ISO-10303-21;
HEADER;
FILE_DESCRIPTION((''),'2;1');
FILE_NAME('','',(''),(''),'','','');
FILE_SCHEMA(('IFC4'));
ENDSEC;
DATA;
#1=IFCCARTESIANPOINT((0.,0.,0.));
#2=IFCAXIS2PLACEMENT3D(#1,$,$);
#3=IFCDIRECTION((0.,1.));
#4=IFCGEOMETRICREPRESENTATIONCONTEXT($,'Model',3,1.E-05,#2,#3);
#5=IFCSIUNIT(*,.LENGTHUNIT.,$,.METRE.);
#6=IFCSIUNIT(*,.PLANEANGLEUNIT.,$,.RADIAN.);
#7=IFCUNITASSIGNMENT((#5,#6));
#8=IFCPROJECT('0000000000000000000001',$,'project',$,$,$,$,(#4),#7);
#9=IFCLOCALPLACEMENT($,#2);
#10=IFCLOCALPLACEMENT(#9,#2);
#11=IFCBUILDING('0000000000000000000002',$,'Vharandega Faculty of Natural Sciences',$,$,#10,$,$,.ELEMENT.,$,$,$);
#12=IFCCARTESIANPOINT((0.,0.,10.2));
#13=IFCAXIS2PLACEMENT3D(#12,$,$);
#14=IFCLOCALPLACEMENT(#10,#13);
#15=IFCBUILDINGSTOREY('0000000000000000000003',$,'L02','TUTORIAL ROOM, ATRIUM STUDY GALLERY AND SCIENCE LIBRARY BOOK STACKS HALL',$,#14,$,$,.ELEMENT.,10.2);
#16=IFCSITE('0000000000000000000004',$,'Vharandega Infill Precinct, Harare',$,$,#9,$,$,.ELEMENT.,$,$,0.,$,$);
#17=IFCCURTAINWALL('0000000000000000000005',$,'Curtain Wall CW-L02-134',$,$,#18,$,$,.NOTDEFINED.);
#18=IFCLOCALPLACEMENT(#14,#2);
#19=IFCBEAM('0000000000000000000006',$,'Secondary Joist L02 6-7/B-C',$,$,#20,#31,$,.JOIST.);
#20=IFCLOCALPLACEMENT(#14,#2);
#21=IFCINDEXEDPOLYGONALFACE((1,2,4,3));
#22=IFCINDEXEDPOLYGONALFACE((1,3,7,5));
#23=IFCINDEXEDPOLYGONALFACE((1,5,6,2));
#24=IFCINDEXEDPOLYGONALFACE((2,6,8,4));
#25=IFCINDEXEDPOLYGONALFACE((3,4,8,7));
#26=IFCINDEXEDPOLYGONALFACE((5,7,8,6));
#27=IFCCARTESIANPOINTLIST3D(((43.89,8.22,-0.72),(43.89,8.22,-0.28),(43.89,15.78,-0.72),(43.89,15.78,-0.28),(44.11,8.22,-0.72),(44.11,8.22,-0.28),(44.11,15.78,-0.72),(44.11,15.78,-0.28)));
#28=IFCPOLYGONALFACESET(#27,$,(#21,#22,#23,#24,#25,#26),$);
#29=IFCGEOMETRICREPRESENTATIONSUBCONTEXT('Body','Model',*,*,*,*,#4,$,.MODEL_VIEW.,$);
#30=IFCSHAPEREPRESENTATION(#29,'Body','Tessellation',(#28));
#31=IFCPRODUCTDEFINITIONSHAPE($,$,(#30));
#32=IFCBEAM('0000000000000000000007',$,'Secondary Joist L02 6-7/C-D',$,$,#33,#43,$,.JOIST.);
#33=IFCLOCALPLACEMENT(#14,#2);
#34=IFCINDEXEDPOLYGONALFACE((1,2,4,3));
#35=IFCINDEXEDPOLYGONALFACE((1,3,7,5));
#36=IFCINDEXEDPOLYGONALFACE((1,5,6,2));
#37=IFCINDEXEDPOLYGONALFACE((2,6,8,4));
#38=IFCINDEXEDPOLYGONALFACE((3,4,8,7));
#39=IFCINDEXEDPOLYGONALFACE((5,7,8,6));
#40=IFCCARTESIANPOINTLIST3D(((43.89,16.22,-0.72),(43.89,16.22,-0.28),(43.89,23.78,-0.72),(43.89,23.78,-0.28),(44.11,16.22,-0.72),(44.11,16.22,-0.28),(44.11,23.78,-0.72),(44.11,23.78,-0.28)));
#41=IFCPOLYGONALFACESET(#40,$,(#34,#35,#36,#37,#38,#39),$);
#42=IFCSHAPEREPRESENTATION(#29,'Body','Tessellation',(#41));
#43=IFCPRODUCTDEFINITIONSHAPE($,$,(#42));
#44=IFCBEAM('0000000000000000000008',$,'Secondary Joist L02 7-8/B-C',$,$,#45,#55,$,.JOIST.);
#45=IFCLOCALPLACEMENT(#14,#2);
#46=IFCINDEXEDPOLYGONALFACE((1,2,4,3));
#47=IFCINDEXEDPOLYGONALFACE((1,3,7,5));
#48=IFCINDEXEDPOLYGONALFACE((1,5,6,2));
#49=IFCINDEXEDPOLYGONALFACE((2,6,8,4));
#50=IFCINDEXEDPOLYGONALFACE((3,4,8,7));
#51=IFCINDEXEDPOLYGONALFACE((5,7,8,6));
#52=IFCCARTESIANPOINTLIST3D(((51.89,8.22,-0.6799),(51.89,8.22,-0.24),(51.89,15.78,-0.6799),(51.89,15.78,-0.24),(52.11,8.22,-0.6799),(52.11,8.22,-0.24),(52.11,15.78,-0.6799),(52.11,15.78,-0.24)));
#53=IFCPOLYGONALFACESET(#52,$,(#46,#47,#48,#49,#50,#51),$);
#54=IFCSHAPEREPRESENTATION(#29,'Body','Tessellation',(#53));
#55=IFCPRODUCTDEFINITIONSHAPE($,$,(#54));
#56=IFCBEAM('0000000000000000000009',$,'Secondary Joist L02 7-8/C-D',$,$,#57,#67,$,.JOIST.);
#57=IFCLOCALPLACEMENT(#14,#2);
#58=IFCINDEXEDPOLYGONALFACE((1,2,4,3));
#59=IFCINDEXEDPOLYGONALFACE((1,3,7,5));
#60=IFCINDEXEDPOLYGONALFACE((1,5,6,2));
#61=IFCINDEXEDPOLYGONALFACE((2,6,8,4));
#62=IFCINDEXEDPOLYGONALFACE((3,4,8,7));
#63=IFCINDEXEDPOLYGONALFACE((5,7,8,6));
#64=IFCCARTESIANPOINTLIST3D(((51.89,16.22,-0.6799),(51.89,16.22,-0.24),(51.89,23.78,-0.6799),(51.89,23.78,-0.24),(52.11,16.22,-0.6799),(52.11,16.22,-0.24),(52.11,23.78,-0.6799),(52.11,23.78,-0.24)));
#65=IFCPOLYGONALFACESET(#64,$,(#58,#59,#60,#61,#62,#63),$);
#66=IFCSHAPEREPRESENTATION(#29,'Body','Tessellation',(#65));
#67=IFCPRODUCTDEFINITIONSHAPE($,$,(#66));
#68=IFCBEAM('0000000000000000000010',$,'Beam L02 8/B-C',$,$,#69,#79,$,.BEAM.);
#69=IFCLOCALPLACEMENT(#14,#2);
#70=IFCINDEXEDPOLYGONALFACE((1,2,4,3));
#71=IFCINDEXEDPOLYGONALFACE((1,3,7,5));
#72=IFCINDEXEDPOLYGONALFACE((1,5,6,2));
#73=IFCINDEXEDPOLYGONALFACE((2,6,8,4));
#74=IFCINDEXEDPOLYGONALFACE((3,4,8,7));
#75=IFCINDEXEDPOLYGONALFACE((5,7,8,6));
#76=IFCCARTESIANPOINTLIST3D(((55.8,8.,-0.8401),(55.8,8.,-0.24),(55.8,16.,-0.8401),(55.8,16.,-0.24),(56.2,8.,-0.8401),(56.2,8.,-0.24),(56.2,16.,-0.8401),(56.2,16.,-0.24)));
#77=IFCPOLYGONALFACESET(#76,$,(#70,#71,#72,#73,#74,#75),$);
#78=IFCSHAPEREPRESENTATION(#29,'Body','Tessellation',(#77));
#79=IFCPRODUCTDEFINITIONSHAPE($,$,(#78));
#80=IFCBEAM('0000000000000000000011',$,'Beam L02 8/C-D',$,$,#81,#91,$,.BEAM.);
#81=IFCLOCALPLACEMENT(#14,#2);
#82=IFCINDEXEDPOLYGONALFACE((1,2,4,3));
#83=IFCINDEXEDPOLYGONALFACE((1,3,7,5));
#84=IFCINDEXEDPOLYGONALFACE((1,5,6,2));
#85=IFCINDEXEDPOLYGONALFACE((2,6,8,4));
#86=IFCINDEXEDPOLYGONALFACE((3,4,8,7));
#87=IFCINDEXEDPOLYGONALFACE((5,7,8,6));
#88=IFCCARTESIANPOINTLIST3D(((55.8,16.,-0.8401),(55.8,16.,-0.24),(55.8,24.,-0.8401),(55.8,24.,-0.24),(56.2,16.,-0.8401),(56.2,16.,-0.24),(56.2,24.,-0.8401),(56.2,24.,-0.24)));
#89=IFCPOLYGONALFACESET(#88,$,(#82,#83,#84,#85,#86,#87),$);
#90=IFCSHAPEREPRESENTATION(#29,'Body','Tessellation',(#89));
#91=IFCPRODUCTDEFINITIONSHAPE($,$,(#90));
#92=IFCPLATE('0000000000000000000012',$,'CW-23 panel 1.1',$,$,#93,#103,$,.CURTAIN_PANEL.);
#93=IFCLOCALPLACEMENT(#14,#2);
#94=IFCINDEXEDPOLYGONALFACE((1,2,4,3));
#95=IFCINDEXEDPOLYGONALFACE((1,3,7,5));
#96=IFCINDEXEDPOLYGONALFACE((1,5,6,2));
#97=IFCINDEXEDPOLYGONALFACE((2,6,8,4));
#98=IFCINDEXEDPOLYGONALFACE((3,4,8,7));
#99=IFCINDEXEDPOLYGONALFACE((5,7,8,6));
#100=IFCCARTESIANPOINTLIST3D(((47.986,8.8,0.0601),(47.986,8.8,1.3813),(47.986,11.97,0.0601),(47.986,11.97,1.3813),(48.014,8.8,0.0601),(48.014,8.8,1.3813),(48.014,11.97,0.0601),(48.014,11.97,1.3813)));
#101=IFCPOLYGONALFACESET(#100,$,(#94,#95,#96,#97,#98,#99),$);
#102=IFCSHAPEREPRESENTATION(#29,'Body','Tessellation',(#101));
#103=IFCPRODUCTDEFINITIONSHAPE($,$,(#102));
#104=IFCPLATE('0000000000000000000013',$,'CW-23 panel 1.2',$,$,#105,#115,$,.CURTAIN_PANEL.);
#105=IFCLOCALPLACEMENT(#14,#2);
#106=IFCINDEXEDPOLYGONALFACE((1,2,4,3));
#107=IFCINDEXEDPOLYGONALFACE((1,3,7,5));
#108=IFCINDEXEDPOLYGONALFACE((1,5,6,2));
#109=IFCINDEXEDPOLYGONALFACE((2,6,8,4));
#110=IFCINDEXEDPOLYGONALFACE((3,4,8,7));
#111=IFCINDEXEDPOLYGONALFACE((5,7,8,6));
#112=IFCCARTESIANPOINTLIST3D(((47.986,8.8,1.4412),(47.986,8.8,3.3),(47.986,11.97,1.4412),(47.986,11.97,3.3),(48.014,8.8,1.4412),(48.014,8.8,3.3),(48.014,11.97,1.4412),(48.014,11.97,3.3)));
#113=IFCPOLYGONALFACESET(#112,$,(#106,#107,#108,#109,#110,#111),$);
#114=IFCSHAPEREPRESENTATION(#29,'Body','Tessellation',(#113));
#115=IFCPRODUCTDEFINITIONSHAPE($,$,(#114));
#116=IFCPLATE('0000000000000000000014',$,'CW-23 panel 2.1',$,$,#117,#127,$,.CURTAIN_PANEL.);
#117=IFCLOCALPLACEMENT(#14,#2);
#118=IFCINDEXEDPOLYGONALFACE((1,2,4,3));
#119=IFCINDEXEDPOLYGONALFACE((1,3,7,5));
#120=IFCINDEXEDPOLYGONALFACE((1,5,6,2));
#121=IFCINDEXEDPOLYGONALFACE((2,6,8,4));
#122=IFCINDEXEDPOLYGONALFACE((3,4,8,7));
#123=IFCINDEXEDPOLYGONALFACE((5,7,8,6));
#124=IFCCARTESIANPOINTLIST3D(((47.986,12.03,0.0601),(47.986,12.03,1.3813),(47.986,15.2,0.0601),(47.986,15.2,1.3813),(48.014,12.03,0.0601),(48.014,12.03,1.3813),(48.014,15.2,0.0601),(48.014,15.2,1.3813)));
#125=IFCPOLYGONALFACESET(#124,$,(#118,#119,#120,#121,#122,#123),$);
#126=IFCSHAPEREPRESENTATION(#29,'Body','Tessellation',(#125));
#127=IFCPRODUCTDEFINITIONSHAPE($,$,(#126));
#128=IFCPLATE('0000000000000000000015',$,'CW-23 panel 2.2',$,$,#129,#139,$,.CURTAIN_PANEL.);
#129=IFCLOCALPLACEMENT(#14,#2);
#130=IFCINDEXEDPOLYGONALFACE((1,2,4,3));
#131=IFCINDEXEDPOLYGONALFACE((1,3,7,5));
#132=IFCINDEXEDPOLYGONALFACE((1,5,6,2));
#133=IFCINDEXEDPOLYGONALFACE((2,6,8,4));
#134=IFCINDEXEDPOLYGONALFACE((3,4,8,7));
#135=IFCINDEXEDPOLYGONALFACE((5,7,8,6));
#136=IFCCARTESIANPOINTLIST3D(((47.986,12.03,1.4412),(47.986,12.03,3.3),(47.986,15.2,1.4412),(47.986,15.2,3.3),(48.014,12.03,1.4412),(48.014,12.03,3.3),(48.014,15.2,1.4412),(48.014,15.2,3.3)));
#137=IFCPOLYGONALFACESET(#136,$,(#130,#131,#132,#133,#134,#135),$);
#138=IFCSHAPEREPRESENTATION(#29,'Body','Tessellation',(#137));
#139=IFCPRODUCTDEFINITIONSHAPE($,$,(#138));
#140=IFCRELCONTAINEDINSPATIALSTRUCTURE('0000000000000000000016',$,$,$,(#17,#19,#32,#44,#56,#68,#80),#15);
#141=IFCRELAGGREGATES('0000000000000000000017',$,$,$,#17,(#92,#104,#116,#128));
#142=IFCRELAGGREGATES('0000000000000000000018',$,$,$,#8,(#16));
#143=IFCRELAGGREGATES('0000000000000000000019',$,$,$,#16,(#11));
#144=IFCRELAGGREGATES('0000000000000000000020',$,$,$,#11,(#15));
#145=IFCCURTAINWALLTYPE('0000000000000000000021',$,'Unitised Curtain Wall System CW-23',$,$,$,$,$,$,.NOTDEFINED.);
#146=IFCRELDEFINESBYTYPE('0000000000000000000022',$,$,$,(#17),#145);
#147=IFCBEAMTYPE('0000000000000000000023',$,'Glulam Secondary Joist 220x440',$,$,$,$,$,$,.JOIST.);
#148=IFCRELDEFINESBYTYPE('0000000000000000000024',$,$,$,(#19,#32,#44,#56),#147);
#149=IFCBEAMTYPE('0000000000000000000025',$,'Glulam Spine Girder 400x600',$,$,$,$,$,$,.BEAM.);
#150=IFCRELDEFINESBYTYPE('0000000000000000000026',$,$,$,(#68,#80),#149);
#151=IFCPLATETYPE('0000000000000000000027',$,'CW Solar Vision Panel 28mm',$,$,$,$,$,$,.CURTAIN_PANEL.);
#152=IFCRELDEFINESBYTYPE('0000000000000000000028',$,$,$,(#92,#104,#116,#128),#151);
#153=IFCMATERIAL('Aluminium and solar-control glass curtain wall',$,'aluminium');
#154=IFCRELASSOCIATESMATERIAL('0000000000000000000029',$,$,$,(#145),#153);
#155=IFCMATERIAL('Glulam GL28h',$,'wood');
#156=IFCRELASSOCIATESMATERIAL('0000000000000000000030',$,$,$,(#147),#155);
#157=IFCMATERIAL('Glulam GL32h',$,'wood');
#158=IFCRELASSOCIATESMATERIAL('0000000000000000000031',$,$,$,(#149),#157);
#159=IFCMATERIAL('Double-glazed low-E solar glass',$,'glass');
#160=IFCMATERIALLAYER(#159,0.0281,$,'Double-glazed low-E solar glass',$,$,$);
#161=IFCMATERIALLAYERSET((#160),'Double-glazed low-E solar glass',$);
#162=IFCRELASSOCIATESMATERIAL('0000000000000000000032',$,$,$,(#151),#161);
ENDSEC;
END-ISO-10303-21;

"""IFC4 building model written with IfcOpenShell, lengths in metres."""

from ifc_helpers import new_model, si_unit, direction, frame, origin, origin_2d, place, context, subcontext, project, spatial, rectangle, extrude, material, layer, layer_set, material_profile, profile_set, type_object, element, aggregate, save


model = new_model("IFC4")

# Units and contexts
model_context = context("Model", 3, precision=1e-05, world=origin(), true_north=direction((0.0, 1.0)))
body_context = subcontext(model_context, "Body", "Model", "MODEL_VIEW")
ifc_project = project(units=[si_unit("LENGTHUNIT", "METRE"), si_unit("PLANEANGLEUNIT", "RADIAN")], contexts=[model_context])

# Site, building, storey
site_placement = place(None, origin())
site = spatial("IfcSite", under=ifc_project, at=site_placement, Name="Vharandega Infill Precinct, Harare", CompositionType="ELEMENT", RefElevation=0.0)
building_placement = place(site_placement, origin())
building = spatial("IfcBuilding", under=site, at=building_placement, Name="Vharandega Faculty of Natural Sciences", CompositionType="ELEMENT")
storey_placement = place(building_placement, frame((0.0, 0.0, 10.2)))
storey = spatial("IfcBuildingStorey", under=building, at=storey_placement, Name="L02", Description="TUTORIAL ROOM, ATRIUM STUDY GALLERY AND SCIENCE LIBRARY BOOK STACKS HALL", CompositionType="ELEMENT", Elevation=10.2)

# Curtain wall
ifc_material_1 = material(Name="Aluminium and solar-control glass curtain wall", Category="aluminium")
curtain_wall_type_1 = type_object("IfcCurtainWallType", Name="Unitised Curtain Wall System CW-23", PredefinedType="NOTDEFINED", material=ifc_material_1)
curtain_wall_1_placement = place(storey_placement, origin())
curtain_wall_1 = element("IfcCurtainWall", 1, at=curtain_wall_1_placement, inside=storey, type_object=curtain_wall_type_1, Name="Curtain Wall CW-L02-134", PredefinedType="NOTDEFINED")

# Beams
ifc_material_2 = material(Name="Glulam GL28h", Category="wood")
ifc_material_profile_1 = material_profile(ifc_material_2, rectangle(XDim=0.22, YDim=0.4399, at=origin_2d()), Name="GL28h 220x440")
ifc_profile_set_1 = profile_set([ifc_material_profile_1], Name="Glulam GL28h")
beam_type_1 = type_object("IfcBeamType", Name="Glulam Secondary Joist 220x440", PredefinedType="JOIST", material=ifc_profile_set_1)
for number, where, z_axis, x_axis, name in (
    (2, (44.0, 8.22, -0.5), (0.0, 1.0, 0.0), (-1.0, 0.0, 0.0), "Secondary Joist L02 6-7/B-C"),
    (3, (44.0, 16.22, -0.5), (0.0, 1.0, 0.0), (-1.0, 0.0, 0.0), "Secondary Joist L02 6-7/C-D"),
    (4, (52.0, 8.22, -0.46), (0.0, 1.0, 0.0), (-1.0, 0.0, 0.0), "Secondary Joist L02 7-8/B-C"),
    (5, (52.0, 16.22, -0.46), (0.0, 1.0, 0.0), (-1.0, 0.0, 0.0), "Secondary Joist L02 7-8/C-D"),
):
    element("IfcBeam", number, at=place(storey_placement, frame(where, z_axis=z_axis, x_axis=x_axis)), inside=storey, type_object=beam_type_1, Name=name, PredefinedType="JOIST", context=body_context, shape_type="SweptSolid", body=[
        extrude(rectangle(XDim=0.22, YDim=0.4399, at=origin_2d()), origin(), (0.0, 0.0, 1.0), 7.5601),
    ])
ifc_material_3 = material(Name="Glulam GL32h", Category="wood")
ifc_material_profile_2 = material_profile(ifc_material_3, rectangle(XDim=0.3999, YDim=0.6001, at=origin_2d()), Name="GL32h 400x600")
ifc_profile_set_2 = profile_set([ifc_material_profile_2], Name="Glulam GL32h")
beam_type_2 = type_object("IfcBeamType", Name="Glulam Spine Girder 400x600", PredefinedType="BEAM", material=ifc_profile_set_2)
for number, where, z_axis, x_axis, name in (
    (6, (56.0, 8.0, -0.54), (0.0, 1.0, 0.0), (-1.0, 0.0, 0.0), "Beam L02 8/B-C"),
    (7, (56.0, 16.0, -0.54), (0.0, 1.0, 0.0), (-1.0, 0.0, 0.0), "Beam L02 8/C-D"),
):
    element("IfcBeam", number, at=place(storey_placement, frame(where, z_axis=z_axis, x_axis=x_axis)), inside=storey, type_object=beam_type_2, Name=name, PredefinedType="BEAM", context=body_context, shape_type="SweptSolid", body=[
        extrude(rectangle(XDim=0.3999, YDim=0.6001, at=origin_2d()), origin(), (0.0, 0.0, 1.0), 8.0),
    ])

# Plates
ifc_material_4 = material(Name="Double-glazed low-E solar glass", Category="glass")
ifc_layer = layer(ifc_material_4, 0.0281, Name="Double-glazed low-E solar glass")
ifc_layer_set = layer_set([ifc_layer], Name="Double-glazed low-E solar glass")
plate_type = type_object("IfcPlateType", Name="CW Solar Vision Panel 28mm", PredefinedType="CURTAIN_PANEL", material=ifc_layer_set)
plate_1_placement = place(storey_placement, frame((48.0, 10.385, 0.0601), z_axis=(0.0, 0.0, 1.0), x_axis=(0.0, 1.0, 0.0)))
plate_1 = element("IfcPlate", 8, at=plate_1_placement, type_object=plate_type, Name="CW-23 panel 1.1", PredefinedType="CURTAIN_PANEL", context=body_context, shape_type="SweptSolid", body=[
    extrude(rectangle(XDim=3.1699, YDim=0.0281, at=origin_2d()), origin(), (0.0, 0.0, 1.0), 1.3213),
])
plate_2_placement = place(storey_placement, frame((48.0, 10.385, 1.4412), z_axis=(0.0, 0.0, 1.0), x_axis=(0.0, 1.0, 0.0)))
plate_2 = element("IfcPlate", 9, at=plate_2_placement, type_object=plate_type, Name="CW-23 panel 1.2", PredefinedType="CURTAIN_PANEL", context=body_context, shape_type="SweptSolid", body=[
    extrude(rectangle(XDim=3.1699, YDim=0.0281, at=origin_2d()), origin(), (0.0, 0.0, 1.0), 1.8589),
])
plate_3_placement = place(storey_placement, frame((48.0, 13.615, 0.0601), z_axis=(0.0, 0.0, 1.0), x_axis=(0.0, 1.0, 0.0)))
plate_3 = element("IfcPlate", 10, at=plate_3_placement, type_object=plate_type, Name="CW-23 panel 2.1", PredefinedType="CURTAIN_PANEL", context=body_context, shape_type="SweptSolid", body=[
    extrude(rectangle(XDim=3.1699, YDim=0.0281, at=origin_2d()), origin(), (0.0, 0.0, 1.0), 1.3213),
])
plate_4_placement = place(storey_placement, frame((48.0, 13.615, 1.4412), z_axis=(0.0, 0.0, 1.0), x_axis=(0.0, 1.0, 0.0)))
plate_4 = element("IfcPlate", 11, at=plate_4_placement, type_object=plate_type, Name="CW-23 panel 2.2", PredefinedType="CURTAIN_PANEL", context=body_context, shape_type="SweptSolid", body=[
    extrude(rectangle(XDim=3.1699, YDim=0.0281, at=origin_2d()), origin(), (0.0, 0.0, 1.0), 1.8589),
])
aggregate(curtain_wall_1, [plate_1, plate_2, plate_3, plate_4])

save(model, "model.ifc")
